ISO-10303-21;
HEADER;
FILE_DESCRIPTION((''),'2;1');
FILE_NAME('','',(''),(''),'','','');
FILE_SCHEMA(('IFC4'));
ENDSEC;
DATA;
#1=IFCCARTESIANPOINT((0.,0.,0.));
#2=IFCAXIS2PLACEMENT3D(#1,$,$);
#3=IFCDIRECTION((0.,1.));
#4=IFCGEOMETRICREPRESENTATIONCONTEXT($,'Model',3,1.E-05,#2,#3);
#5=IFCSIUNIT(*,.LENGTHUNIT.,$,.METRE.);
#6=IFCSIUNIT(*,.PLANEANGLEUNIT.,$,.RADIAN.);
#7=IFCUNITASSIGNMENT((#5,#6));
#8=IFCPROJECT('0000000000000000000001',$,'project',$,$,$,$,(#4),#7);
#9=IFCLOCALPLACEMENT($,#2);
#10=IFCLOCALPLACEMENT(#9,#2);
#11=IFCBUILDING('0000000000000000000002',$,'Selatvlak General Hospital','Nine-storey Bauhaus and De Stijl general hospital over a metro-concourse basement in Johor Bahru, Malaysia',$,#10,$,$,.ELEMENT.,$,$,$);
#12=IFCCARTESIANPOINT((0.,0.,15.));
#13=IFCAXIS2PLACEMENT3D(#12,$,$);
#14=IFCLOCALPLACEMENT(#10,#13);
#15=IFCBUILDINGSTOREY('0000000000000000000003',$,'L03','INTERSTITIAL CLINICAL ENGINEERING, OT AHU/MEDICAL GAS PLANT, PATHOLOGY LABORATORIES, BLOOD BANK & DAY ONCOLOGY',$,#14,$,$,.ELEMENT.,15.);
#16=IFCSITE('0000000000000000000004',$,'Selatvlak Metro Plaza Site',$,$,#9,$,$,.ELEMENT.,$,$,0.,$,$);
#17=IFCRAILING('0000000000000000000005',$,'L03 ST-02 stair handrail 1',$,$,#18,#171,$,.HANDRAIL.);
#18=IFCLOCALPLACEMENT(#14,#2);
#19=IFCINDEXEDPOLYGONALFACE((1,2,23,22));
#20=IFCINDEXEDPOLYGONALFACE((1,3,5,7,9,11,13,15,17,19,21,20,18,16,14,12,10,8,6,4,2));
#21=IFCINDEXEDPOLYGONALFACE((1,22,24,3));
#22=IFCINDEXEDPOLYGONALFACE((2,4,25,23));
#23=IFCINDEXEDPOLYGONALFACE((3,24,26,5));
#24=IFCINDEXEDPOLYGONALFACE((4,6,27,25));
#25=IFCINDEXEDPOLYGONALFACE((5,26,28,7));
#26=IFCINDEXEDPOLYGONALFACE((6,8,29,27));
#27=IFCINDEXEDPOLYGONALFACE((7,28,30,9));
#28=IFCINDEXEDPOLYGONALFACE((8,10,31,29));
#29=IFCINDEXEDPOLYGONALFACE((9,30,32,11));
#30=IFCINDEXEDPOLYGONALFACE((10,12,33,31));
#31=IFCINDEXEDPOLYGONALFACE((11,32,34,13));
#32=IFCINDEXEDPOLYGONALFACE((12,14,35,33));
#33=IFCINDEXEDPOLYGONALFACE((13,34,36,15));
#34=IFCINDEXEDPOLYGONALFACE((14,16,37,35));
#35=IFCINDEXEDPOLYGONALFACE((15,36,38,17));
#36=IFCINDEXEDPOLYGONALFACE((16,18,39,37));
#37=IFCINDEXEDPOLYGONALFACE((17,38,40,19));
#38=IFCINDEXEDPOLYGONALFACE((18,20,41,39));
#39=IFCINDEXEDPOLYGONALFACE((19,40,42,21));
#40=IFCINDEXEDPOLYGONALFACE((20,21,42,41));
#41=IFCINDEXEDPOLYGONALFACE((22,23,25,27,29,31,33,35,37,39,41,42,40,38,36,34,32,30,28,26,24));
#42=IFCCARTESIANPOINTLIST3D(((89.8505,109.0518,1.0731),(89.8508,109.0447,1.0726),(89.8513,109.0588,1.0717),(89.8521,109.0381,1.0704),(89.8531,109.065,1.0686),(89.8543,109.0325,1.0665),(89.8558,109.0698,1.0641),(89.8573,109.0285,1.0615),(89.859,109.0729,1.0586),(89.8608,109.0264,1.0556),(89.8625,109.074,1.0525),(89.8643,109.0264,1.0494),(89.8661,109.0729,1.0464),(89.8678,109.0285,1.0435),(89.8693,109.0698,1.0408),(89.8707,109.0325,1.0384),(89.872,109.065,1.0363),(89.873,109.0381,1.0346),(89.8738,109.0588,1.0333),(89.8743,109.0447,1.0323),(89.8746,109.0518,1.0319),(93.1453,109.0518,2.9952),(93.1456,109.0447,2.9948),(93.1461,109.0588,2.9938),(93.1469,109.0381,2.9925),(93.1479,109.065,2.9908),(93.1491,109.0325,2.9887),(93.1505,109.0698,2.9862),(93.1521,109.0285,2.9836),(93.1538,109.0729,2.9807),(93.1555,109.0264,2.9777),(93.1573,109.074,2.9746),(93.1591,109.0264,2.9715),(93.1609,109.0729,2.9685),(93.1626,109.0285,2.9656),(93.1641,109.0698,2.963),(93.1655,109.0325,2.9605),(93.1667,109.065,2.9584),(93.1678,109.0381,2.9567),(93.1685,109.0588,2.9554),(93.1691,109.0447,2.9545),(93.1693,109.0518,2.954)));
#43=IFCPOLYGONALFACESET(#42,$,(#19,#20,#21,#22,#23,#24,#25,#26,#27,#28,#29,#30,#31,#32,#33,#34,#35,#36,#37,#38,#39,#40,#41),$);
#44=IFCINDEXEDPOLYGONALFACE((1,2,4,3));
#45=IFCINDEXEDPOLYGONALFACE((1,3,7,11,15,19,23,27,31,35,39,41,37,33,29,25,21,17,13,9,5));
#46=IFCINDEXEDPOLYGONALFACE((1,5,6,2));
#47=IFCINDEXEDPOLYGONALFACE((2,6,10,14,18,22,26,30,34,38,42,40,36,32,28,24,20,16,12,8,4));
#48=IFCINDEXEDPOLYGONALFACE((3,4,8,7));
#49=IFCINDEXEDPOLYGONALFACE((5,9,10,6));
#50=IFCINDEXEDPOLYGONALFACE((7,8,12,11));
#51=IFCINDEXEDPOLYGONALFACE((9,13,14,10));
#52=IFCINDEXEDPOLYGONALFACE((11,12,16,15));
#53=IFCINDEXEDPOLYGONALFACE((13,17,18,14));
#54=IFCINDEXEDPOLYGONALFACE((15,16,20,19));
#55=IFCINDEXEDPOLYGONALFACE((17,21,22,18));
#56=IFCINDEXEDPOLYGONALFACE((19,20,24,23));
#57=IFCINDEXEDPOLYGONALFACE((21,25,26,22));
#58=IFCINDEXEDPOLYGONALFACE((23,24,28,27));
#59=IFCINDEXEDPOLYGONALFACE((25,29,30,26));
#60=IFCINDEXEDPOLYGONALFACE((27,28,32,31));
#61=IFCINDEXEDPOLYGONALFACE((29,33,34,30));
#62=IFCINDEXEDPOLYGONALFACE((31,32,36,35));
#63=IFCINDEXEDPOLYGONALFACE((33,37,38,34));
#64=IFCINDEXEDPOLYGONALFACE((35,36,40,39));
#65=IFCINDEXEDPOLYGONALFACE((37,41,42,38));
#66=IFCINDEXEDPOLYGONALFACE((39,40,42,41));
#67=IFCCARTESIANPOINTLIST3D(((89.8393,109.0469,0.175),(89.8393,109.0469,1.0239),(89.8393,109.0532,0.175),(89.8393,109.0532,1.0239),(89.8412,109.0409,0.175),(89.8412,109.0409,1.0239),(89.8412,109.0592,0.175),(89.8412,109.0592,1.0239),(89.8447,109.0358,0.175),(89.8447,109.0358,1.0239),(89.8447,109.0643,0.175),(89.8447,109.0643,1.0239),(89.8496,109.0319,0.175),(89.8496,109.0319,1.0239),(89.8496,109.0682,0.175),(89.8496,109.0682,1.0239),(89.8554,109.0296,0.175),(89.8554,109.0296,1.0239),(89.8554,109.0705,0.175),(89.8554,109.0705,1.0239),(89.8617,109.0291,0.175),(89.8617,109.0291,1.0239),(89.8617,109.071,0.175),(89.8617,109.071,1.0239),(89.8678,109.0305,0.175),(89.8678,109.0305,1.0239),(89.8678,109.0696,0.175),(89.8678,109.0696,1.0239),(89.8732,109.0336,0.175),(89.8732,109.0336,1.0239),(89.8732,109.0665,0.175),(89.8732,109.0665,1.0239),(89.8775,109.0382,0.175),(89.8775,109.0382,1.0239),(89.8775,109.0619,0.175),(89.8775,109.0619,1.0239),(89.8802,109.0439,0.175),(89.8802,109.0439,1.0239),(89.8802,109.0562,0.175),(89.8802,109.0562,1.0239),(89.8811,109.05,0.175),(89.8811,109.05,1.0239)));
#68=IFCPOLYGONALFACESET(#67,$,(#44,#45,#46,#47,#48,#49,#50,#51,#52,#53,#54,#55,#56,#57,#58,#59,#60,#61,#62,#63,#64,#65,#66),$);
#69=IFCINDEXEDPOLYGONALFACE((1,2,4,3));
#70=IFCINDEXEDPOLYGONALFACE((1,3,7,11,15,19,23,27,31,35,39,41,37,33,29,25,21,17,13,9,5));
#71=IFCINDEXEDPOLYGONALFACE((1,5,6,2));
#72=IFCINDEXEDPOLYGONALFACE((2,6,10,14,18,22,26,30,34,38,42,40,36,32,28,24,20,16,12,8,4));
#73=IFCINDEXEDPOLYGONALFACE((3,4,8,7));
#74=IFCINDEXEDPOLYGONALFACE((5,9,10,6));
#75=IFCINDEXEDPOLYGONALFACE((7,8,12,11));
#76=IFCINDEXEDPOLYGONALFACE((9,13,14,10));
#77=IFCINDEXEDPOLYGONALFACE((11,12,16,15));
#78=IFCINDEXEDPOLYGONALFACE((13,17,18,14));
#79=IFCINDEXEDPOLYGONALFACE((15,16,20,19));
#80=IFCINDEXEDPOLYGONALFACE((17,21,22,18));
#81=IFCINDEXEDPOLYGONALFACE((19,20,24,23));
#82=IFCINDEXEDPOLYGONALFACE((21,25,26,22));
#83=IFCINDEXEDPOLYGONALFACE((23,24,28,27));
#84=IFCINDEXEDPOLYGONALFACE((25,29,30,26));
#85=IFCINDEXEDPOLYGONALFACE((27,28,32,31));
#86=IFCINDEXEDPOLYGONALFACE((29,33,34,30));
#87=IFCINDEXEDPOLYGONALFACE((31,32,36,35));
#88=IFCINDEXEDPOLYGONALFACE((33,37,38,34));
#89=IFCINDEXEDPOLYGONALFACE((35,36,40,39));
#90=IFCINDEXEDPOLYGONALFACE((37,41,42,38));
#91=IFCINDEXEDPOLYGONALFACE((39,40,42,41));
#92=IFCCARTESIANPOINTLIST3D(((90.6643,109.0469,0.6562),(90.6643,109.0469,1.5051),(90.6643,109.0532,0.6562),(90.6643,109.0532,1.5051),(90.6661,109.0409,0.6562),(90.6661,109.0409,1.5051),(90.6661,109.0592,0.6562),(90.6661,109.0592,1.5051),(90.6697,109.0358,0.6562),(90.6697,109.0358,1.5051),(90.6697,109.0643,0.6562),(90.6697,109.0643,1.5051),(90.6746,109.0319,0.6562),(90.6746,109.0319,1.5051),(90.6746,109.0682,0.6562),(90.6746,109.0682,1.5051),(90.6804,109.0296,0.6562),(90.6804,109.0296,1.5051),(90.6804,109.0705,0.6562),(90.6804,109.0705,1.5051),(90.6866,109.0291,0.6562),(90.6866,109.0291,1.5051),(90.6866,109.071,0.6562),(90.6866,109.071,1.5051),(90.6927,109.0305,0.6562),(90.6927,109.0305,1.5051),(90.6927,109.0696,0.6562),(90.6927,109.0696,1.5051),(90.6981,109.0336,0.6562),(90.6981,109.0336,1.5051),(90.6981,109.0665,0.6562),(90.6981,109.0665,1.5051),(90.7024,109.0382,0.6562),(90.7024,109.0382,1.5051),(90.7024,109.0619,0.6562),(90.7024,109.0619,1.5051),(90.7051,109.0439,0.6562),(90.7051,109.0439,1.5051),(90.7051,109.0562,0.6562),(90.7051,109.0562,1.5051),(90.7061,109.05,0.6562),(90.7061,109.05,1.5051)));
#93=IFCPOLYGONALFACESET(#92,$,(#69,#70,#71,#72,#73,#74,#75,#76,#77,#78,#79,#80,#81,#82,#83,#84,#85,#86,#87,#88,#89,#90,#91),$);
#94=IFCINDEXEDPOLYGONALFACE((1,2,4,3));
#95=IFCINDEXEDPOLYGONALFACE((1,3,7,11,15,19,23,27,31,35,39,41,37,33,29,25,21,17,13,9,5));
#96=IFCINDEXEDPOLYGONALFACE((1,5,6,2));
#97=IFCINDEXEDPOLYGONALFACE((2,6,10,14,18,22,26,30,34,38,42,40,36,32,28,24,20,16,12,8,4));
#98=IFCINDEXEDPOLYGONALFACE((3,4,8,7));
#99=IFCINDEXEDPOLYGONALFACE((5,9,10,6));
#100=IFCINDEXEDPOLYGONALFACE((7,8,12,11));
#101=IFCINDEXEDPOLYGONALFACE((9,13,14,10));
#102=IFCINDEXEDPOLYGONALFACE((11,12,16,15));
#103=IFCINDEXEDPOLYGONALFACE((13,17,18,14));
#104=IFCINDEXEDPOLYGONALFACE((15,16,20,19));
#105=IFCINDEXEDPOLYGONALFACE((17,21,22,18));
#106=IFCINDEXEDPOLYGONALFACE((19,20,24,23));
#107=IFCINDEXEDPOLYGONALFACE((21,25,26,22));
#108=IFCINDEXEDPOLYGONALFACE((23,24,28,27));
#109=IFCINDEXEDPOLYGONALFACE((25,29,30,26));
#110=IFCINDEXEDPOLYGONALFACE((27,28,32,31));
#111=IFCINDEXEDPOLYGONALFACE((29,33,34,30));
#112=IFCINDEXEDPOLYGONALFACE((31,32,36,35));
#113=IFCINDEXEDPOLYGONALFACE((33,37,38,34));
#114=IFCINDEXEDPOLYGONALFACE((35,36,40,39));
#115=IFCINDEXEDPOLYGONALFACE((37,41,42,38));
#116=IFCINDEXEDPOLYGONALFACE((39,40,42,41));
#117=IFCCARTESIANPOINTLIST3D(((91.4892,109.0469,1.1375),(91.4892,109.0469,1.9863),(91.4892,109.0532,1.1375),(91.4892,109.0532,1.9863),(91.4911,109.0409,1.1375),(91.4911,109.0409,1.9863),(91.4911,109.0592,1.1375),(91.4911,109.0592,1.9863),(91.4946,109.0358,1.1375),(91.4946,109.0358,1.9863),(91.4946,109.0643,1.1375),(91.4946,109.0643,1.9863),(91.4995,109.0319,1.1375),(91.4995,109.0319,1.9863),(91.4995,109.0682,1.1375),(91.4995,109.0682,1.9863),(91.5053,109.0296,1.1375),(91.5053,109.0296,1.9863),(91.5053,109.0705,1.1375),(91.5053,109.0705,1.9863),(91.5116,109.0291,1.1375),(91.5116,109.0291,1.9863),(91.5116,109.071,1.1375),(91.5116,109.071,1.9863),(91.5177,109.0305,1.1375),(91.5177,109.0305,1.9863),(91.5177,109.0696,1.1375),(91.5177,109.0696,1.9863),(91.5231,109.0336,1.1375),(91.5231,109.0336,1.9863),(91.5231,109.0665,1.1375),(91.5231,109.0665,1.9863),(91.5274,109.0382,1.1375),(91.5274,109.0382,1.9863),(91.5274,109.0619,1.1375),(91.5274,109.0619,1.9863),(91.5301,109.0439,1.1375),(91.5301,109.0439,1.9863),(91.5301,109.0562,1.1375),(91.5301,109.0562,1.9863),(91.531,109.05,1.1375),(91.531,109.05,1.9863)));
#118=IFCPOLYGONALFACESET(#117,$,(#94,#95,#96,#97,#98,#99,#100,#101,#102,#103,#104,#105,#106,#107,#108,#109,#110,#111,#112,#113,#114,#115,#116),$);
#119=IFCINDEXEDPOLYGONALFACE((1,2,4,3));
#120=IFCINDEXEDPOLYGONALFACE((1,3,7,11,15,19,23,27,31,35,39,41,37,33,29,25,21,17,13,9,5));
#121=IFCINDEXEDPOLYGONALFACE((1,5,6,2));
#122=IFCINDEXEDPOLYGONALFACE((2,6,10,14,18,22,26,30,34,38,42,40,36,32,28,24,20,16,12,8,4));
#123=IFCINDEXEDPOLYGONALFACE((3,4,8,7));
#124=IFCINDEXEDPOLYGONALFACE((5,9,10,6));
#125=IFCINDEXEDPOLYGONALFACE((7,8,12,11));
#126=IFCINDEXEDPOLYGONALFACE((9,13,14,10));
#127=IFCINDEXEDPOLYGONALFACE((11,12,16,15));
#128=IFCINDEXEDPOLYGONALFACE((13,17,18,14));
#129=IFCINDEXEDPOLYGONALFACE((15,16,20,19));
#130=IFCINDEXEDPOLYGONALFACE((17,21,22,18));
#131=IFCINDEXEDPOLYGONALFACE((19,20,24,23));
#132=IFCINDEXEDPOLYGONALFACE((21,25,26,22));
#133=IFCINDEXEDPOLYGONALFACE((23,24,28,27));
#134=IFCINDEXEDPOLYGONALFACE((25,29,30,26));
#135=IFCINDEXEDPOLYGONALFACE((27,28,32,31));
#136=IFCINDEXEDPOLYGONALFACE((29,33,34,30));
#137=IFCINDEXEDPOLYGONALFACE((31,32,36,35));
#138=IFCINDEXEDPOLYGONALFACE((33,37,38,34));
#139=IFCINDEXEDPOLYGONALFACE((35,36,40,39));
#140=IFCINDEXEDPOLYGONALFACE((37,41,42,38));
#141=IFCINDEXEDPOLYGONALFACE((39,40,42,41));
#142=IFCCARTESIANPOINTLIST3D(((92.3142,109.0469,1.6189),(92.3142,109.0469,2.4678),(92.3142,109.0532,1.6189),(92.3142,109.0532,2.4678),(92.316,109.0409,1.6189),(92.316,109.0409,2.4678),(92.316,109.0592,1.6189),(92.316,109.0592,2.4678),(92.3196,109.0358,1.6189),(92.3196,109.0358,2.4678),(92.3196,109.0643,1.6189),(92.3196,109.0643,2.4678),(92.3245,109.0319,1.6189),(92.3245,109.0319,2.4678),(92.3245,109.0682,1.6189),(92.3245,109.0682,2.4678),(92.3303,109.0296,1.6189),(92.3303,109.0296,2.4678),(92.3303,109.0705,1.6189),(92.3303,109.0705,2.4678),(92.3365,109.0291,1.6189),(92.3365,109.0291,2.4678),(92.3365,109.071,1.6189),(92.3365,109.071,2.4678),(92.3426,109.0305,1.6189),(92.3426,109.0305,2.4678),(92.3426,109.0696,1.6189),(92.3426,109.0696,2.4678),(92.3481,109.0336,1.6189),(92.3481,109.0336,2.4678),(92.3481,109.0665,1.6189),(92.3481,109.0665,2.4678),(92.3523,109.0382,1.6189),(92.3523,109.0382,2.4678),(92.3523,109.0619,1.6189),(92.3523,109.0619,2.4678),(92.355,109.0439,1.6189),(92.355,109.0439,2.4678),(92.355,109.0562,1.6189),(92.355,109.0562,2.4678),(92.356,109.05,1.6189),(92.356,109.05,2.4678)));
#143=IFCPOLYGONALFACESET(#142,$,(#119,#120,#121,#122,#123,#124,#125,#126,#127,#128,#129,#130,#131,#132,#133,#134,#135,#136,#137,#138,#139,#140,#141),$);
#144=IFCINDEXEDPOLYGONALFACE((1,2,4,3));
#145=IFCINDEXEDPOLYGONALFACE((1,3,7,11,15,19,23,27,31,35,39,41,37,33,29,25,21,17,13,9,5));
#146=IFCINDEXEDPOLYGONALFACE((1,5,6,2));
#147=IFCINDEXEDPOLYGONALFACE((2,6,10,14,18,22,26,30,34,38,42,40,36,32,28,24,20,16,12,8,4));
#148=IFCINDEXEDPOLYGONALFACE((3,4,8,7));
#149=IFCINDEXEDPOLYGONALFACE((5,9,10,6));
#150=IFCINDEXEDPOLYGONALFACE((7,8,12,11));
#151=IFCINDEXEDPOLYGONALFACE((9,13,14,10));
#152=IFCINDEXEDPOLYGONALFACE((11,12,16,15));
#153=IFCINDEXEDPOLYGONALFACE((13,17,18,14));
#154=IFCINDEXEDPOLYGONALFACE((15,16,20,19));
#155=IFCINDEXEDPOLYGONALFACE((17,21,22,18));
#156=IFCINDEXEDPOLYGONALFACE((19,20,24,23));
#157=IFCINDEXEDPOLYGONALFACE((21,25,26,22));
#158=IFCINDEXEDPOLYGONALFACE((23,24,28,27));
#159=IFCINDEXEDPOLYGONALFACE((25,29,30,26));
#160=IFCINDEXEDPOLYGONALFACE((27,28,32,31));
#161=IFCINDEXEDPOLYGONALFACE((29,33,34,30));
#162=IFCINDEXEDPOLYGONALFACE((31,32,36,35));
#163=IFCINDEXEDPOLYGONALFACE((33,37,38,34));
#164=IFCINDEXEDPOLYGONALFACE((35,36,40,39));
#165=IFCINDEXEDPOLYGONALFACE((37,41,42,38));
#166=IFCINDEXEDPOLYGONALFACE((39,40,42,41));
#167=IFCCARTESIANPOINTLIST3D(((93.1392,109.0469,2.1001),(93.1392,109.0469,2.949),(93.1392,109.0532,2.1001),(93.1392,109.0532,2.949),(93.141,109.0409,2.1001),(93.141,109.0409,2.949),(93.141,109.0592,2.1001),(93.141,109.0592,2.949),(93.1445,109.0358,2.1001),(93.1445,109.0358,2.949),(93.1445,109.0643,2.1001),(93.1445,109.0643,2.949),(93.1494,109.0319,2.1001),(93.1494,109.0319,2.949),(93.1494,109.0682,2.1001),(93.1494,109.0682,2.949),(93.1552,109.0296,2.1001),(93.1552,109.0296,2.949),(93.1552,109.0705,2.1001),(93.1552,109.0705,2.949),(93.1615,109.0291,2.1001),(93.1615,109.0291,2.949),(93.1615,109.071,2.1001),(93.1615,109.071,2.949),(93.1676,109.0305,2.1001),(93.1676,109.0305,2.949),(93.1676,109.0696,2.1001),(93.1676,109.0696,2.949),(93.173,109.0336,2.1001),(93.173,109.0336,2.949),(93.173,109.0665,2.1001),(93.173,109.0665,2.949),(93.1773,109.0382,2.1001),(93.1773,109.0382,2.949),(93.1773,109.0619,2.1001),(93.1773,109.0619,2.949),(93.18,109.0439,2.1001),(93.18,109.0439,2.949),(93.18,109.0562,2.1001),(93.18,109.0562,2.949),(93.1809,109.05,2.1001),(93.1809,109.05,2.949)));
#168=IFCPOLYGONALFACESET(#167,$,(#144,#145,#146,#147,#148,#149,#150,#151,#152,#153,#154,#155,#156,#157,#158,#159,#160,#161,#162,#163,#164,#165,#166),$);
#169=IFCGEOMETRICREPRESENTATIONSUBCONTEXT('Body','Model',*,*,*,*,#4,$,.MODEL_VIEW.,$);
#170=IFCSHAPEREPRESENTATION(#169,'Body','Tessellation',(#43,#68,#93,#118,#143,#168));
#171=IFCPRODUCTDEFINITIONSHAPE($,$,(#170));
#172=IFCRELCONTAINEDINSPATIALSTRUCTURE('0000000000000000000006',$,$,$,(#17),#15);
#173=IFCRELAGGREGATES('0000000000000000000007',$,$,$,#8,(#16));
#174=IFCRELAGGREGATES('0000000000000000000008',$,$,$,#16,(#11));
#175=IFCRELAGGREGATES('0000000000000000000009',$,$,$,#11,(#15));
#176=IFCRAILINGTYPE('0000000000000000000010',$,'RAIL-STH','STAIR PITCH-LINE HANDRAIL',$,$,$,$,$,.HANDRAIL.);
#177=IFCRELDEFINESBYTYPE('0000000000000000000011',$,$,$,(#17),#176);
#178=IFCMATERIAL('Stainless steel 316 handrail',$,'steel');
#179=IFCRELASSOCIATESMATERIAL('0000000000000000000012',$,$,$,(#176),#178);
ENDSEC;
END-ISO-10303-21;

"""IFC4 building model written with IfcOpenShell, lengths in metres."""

from ifc_helpers import new_model, si_unit, direction, frame, origin, origin_2d, place, context, subcontext, project, spatial, circle, extrude, material, type_object, element, save


model = new_model("IFC4")

# Units and contexts
model_context = context("Model", 3, precision=1e-05, world=origin(), true_north=direction((0.0, 1.0)))
body_context = subcontext(model_context, "Body", "Model", "MODEL_VIEW")
ifc_project = project(units=[si_unit("LENGTHUNIT", "METRE"), si_unit("PLANEANGLEUNIT", "RADIAN")], contexts=[model_context])

# Site, building, storey
site_placement = place(None, origin())
site = spatial("IfcSite", under=ifc_project, at=site_placement, Name="Selatvlak Metro Plaza Site", CompositionType="ELEMENT", RefElevation=0.0)
building_placement = place(site_placement, origin())
building = spatial("IfcBuilding", under=site, at=building_placement, Name="Selatvlak General Hospital", Description="Nine-storey Bauhaus and De Stijl general hospital over a metro-concourse basement in Johor Bahru, Malaysia", CompositionType="ELEMENT")
storey_placement = place(building_placement, frame((0.0, 0.0, 15.0)))
storey = spatial("IfcBuildingStorey", under=building, at=storey_placement, Name="L03", Description="INTERSTITIAL CLINICAL ENGINEERING, OT AHU/MEDICAL GAS PLANT, PATHOLOGY LABORATORIES, BLOOD BANK & DAY ONCOLOGY", CompositionType="ELEMENT", Elevation=15.0)

# Railing
ifc_material_1 = material(Name="Stainless steel 316 handrail", Category="steel")
railing_type_1 = type_object("IfcRailingType", Name="RAIL-STH", Description="STAIR PITCH-LINE HANDRAIL", PredefinedType="HANDRAIL", material=ifc_material_1)
railing_1_placement = place(storey_placement, frame((89.8601, 109.05, 0.175)))
element("IfcRailing", 1, at=railing_1_placement, inside=storey, type_object=railing_type_1, Name="L03 ST-02 stair handrail 1", PredefinedType="HANDRAIL", context=body_context, shape_type="SweptSolid", body=[
    extrude(circle(Radius=0.0239, at=origin_2d()), frame((0.0024, 0.0, 0.8774), z_axis=(0.86376, 0.0, 0.503903), x_axis=(0.0, 1.0, 0.0)), (0.0, 0.0, 1.0), 3.8145),
    extrude(circle(Radius=0.021, at=origin_2d()), origin(), (0.0, 0.0, 1.0), 0.8489),
    extrude(circle(Radius=0.021, at=origin_2d()), frame((0.825, 0.0, 0.4812)), (0.0, 0.0, 1.0), 0.8489),
    extrude(circle(Radius=0.021, at=origin_2d()), frame((1.6499, 0.0, 0.9624)), (0.0, 0.0, 1.0), 0.8489),
    extrude(circle(Radius=0.021, at=origin_2d()), frame((2.4749, 0.0, 1.4438)), (0.0, 0.0, 1.0), 0.8489),
    extrude(circle(Radius=0.021, at=origin_2d()), frame((3.2998, 0.0, 1.925)), (0.0, 0.0, 1.0), 0.8489),
])

save(model, "model.ifc")
